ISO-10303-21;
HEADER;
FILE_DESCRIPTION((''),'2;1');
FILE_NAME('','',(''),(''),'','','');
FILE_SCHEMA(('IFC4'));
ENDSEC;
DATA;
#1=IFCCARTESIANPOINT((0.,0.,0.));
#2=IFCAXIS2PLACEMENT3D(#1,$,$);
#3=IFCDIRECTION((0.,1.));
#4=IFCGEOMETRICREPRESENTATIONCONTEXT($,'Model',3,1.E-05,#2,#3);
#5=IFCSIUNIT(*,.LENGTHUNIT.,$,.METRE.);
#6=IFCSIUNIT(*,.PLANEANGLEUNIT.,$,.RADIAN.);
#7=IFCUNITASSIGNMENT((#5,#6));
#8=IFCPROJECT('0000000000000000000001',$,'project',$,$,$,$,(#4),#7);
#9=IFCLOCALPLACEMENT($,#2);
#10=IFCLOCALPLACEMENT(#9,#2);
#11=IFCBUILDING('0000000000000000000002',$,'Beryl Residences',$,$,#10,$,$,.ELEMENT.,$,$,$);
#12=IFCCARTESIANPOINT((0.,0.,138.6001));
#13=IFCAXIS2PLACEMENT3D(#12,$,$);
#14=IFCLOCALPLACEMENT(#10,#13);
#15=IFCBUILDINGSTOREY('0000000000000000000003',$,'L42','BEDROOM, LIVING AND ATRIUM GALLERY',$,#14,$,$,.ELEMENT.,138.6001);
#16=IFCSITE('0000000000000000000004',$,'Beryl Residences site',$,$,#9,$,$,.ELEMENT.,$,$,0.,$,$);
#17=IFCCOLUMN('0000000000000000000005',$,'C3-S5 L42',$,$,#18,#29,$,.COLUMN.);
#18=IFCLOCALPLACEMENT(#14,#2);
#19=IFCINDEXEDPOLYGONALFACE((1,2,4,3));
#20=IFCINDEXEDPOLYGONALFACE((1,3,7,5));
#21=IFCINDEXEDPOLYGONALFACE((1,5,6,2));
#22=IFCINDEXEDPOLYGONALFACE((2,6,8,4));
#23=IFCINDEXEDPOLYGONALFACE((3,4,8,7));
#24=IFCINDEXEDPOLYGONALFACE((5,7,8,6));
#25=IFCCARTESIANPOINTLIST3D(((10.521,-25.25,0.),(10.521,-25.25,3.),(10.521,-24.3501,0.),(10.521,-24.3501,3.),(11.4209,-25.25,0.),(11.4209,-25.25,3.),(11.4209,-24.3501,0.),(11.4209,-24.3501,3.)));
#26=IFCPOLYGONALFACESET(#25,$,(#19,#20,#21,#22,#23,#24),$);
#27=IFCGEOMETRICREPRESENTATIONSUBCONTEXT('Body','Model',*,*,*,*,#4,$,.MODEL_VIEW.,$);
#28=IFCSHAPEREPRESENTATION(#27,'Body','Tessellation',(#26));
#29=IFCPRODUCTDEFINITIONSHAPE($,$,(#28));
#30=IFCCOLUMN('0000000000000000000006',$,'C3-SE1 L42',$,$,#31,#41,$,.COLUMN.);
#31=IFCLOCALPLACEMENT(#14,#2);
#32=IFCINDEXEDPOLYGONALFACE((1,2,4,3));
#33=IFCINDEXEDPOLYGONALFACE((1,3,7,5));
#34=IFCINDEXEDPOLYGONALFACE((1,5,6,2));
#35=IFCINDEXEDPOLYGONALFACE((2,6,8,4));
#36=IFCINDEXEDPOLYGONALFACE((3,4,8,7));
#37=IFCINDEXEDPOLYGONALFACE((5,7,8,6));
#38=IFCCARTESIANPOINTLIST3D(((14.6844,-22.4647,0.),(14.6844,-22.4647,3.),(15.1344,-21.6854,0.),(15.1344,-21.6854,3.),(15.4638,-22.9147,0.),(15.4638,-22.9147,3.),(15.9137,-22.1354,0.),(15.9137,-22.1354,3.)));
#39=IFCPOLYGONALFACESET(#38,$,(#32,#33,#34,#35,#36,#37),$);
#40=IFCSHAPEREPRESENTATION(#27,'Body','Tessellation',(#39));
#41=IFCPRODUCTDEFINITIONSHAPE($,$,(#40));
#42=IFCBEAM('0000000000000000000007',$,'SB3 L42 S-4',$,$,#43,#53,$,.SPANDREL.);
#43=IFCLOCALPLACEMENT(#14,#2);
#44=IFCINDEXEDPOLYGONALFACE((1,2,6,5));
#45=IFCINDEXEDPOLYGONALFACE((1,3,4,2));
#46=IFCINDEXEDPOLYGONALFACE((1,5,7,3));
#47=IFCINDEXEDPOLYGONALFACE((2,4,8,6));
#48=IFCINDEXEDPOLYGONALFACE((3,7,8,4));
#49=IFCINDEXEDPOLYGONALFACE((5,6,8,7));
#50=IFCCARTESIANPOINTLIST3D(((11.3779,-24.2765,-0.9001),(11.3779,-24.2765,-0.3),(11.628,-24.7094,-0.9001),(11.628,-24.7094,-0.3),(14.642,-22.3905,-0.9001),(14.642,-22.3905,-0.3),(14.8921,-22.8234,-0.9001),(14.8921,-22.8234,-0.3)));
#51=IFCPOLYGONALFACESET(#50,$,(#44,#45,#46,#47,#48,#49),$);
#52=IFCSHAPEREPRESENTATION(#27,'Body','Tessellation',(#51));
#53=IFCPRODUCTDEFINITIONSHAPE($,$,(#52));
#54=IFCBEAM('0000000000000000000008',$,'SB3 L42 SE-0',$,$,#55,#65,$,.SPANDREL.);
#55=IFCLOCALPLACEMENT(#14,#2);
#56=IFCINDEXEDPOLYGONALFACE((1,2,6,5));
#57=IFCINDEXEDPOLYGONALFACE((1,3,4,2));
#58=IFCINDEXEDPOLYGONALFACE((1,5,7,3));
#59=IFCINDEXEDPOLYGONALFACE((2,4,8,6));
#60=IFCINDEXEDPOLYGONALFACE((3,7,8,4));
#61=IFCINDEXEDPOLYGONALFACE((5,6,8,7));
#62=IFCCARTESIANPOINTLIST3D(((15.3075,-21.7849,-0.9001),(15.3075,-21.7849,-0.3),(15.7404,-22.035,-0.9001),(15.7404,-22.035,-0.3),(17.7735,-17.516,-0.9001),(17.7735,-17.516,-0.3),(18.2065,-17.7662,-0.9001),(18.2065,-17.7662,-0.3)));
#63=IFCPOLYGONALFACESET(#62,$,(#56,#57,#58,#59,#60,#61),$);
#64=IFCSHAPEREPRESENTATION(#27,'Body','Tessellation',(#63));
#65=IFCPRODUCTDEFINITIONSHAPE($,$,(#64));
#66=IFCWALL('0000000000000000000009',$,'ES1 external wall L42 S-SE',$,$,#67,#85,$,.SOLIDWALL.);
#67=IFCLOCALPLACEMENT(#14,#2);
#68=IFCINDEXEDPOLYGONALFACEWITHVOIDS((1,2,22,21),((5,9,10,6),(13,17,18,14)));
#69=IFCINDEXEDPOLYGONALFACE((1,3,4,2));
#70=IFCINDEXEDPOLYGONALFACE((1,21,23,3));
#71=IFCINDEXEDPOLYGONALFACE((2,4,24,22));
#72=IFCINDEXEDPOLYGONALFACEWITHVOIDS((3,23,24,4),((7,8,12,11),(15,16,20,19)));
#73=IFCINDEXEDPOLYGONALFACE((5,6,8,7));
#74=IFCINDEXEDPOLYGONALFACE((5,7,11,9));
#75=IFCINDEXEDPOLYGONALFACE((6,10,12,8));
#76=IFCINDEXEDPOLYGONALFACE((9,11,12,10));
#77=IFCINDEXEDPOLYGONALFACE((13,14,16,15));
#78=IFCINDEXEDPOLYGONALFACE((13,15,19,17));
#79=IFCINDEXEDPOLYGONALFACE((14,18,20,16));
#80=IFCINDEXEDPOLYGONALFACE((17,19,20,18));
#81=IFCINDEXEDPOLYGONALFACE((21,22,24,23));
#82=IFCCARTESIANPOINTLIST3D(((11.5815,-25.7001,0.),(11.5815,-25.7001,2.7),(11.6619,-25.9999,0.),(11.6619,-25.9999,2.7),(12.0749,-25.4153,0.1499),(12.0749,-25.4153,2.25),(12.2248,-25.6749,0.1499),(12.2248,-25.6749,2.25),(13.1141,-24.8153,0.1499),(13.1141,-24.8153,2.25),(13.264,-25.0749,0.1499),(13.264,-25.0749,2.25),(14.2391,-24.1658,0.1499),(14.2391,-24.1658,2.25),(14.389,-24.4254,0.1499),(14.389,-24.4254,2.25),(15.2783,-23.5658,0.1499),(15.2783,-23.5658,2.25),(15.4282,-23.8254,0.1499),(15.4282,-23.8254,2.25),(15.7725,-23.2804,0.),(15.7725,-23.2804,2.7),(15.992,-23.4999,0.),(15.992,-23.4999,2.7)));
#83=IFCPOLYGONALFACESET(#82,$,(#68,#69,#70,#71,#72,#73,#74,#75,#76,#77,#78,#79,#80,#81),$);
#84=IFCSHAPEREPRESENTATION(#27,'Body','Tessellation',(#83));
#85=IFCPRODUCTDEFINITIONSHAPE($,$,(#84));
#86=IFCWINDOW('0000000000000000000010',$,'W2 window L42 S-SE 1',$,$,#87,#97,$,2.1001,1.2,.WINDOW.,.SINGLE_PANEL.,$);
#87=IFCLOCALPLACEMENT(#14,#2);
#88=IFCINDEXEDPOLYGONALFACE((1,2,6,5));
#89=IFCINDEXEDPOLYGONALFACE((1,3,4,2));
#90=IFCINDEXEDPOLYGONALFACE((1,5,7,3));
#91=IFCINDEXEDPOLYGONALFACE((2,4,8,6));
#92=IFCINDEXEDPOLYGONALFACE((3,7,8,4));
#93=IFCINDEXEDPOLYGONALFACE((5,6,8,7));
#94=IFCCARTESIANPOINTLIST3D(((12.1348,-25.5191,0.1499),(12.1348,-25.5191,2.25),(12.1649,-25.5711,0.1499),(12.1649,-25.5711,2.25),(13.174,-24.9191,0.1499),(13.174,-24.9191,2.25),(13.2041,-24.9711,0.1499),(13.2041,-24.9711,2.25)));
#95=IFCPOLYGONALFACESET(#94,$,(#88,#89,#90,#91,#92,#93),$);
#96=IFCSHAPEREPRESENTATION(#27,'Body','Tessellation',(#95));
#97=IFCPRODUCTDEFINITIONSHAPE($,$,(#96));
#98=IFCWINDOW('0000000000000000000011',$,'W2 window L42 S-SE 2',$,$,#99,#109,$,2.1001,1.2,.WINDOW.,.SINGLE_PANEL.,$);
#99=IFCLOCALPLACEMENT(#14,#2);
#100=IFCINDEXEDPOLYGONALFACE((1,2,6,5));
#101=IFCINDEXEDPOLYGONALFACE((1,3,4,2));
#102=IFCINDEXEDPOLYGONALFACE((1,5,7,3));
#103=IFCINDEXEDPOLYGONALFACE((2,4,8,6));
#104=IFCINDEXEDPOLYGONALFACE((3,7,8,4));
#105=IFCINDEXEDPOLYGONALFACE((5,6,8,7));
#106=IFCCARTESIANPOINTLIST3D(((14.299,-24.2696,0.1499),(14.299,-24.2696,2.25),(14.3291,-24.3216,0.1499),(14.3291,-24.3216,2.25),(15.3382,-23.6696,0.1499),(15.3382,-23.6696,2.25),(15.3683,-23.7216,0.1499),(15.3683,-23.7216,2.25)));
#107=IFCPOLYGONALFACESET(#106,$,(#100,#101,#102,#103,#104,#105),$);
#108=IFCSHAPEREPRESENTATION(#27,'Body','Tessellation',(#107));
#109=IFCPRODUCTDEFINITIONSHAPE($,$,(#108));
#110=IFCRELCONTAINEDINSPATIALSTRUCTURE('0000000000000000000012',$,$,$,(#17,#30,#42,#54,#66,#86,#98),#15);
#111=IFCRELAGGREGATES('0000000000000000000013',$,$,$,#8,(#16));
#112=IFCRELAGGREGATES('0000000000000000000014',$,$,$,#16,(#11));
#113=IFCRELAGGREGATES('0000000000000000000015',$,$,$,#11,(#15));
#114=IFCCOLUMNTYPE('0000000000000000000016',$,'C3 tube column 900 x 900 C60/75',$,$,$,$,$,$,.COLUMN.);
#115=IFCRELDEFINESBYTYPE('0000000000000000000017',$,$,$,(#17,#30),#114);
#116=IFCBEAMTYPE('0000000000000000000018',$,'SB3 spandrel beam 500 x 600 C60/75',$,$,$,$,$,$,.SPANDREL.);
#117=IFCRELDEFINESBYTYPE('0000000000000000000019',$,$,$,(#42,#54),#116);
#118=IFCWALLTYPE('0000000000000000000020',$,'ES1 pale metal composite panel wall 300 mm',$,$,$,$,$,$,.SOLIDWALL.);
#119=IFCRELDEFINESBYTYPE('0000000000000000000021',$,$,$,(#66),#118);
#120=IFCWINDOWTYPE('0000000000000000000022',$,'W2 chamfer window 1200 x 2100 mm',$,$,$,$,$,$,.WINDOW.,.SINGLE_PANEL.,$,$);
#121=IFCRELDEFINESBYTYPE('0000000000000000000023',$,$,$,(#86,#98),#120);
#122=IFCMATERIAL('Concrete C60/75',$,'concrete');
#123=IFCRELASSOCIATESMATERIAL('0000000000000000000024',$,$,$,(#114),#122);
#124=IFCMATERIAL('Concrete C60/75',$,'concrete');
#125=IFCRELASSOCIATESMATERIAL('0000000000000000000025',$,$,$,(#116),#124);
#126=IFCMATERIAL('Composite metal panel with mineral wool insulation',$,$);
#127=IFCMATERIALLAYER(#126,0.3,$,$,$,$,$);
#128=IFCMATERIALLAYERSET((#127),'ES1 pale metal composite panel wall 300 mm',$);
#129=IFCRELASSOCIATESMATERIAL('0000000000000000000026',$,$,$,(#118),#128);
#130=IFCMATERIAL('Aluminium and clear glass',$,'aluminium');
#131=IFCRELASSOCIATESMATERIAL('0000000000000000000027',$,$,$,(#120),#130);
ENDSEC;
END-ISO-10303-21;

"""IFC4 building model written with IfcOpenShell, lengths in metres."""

from ifc_helpers import new_model, si_unit, direction, frame, frame_2d, origin, origin_2d, place, context, subcontext, project, spatial, polyline, rectangle, outline, extrude, material, layer, layer_set, material_profile, profile_set, type_object, element, fill, save


model = new_model("IFC4")

# Units and contexts
model_context = context("Model", 3, precision=1e-05, world=origin(), true_north=direction((0.0, 1.0)))
body_context = subcontext(model_context, "Body", "Model", "MODEL_VIEW")
ifc_project = project(units=[si_unit("LENGTHUNIT", "METRE"), si_unit("PLANEANGLEUNIT", "RADIAN")], contexts=[model_context])

# Site, building, storey
site_placement = place(None, origin())
site = spatial("IfcSite", under=ifc_project, at=site_placement, Name="Beryl Residences site", CompositionType="ELEMENT", RefElevation=0.0)
building_placement = place(site_placement, origin())
building = spatial("IfcBuilding", under=site, at=building_placement, Name="Beryl Residences", CompositionType="ELEMENT")
storey_placement = place(building_placement, frame((0.0, 0.0, 138.6001)))
storey = spatial("IfcBuildingStorey", under=building, at=storey_placement, Name="L42", Description="BEDROOM, LIVING AND ATRIUM GALLERY", CompositionType="ELEMENT", Elevation=138.6001)

# Columns
ifc_material_1 = material(Name="Concrete C60/75", Category="concrete")
ifc_material_profile_1 = material_profile(ifc_material_1, rectangle(XDim=0.8999, YDim=0.8999, at=origin_2d()))
ifc_profile_set_1 = profile_set([ifc_material_profile_1], Name="Concrete C60/75")
column_type = type_object("IfcColumnType", Name="C3 tube column 900 x 900 C60/75", PredefinedType="COLUMN", material=ifc_profile_set_1)
for number, where, z_axis, x_axis, name in (
    (1, (10.9709, -24.8, 0.0), (0.0, 0.0, 1.0), (1.0, 0.0, 0.0), "C3-S5 L42"),
    (2, (15.2991, -22.3, 0.0), (0.0, 0.0, 1.0), (0.5, 0.866025, 0.0), "C3-SE1 L42"),
):
    element("IfcColumn", number, at=place(storey_placement, frame(where, z_axis=z_axis, x_axis=x_axis)), inside=storey, type_object=column_type, Name=name, PredefinedType="COLUMN", context=body_context, shape_type="SweptSolid", body=[
        extrude(rectangle(XDim=0.8999, YDim=0.8999, at=origin_2d()), origin(), (0.0, 0.0, 1.0), 3.0),
    ])

# Beams
ifc_material_2 = material(Name="Concrete C60/75", Category="concrete")
ifc_material_profile_2 = material_profile(ifc_material_2, rectangle(XDim=0.5, YDim=0.6001, at=origin_2d()))
ifc_profile_set_2 = profile_set([ifc_material_profile_2], Name="Concrete C60/75")
beam_type = type_object("IfcBeamType", Name="SB3 spandrel beam 500 x 600 C60/75", PredefinedType="SPANDREL", material=ifc_profile_set_2)
beam_1_placement = place(storey_placement, frame((11.5029, -24.4929, -0.6001), z_axis=(0.865862, 0.500283, 0.0), x_axis=(-0.500283, 0.865862, 0.0)))
element("IfcBeam", 3, at=beam_1_placement, inside=storey, type_object=beam_type, Name="SB3 L42 S-4", PredefinedType="SPANDREL", context=body_context, shape_type="SweptSolid", body=[
    extrude(rectangle(XDim=0.5, YDim=0.6001, at=origin_2d()), origin(), (0.0, 0.0, 1.0), 3.7698),
])
beam_2_placement = place(storey_placement, frame((15.5239, -21.9099, -0.6001), z_axis=(0.500224, 0.865896, 0.0), x_axis=(-0.865896, 0.500224, 0.0)))
element("IfcBeam", 4, at=beam_2_placement, inside=storey, type_object=beam_type, Name="SB3 L42 SE-0", PredefinedType="SPANDREL", context=body_context, shape_type="SweptSolid", body=[
    extrude(rectangle(XDim=0.5, YDim=0.6001, at=origin_2d()), origin(), (0.0, 0.0, 1.0), 4.9299),
])

# Wall, openings, windows
ifc_material_3 = material(Name="Composite metal panel with mineral wool insulation")
ifc_layer_1 = layer(ifc_material_3, 0.3)
ifc_layer_set_1 = layer_set([ifc_layer_1], Name="ES1 pale metal composite panel wall 300 mm")
wall_type_1 = type_object("IfcWallType", Name="ES1 pale metal composite panel wall 300 mm", PredefinedType="SOLIDWALL", material=ifc_layer_set_1)
wall_1_placement = place(storey_placement, frame((11.5869, -25.8701, 0.0), z_axis=(0.0, 0.0, 1.0), x_axis=(0.866023, 0.500004, 0.0)))
wall_1 = element("IfcWall", 5, at=wall_1_placement, inside=storey, type_object=wall_type_1, Name="ES1 external wall L42 S-SE", PredefinedType="SOLIDWALL", context=body_context, shape_type="SweptSolid", body=[
    extrude(outline(polyline([(0.0, -0.1499), (5.0, -0.1499), (4.9197, 0.1499), (0.0803, 0.1499), (0.0, -0.1499)])), origin(), (0.0, 0.0, 1.0), 2.7),
])
opening_1_placement = place(wall_1_placement, frame((0.6499, 0.0, 0.1499)))
opening_1 = element("IfcOpeningElement", 6, at=opening_1_placement, cuts=wall_1, PredefinedType="OPENING", context=body_context, shape_type="SweptSolid", body=[
    extrude(rectangle(XDim=1.2, YDim=2.1001, at=frame_2d((0.6001, 1.05))), frame((0.0, 0.1599, 0.0), z_axis=(0.0, -1.0, 0.0), x_axis=(1.0, 0.0, 0.0)), (0.0, 0.0, 1.0), 0.3201),
])
opening_2_placement = place(wall_1_placement, frame((3.1489, 0.0, 0.1499)))
opening_2 = element("IfcOpeningElement", 7, at=opening_2_placement, cuts=wall_1, PredefinedType="OPENING", context=body_context, shape_type="SweptSolid", body=[
    extrude(rectangle(XDim=1.2, YDim=2.1001, at=frame_2d((0.6001, 1.05))), frame((0.0, 0.1599, 0.0), z_axis=(0.0, -1.0, 0.0), x_axis=(1.0, 0.0, 0.0)), (0.0, 0.0, 1.0), 0.3201),
])
ifc_material_4 = material(Name="Aluminium and clear glass", Category="aluminium")
window_type_1 = type_object("IfcWindowType", Name="W2 chamfer window 1200 x 2100 mm", PartitioningType="SINGLE_PANEL", PredefinedType="WINDOW", material=ifc_material_4)
window_1_placement = place(opening_1_placement, origin())
window_1 = element("IfcWindow", 8, at=window_1_placement, inside=storey, type_object=window_type_1, Name="W2 window L42 S-SE 1", OverallHeight=2.1001, OverallWidth=1.2, PartitioningType="SINGLE_PANEL", PredefinedType="WINDOW", context=body_context, shape_type="SweptSolid", body=[
    extrude(rectangle(XDim=1.2, YDim=2.1001, at=frame_2d((0.6001, 1.05))), frame((0.0, 0.03, 0.0), z_axis=(0.0, -1.0, 0.0), x_axis=(1.0, 0.0, 0.0)), (0.0, 0.0, 1.0), 0.0601),
])
fill(opening_1, window_1)
window_2_placement = place(opening_2_placement, origin())
window_2 = element("IfcWindow", 9, at=window_2_placement, inside=storey, type_object=window_type_1, Name="W2 window L42 S-SE 2", OverallHeight=2.1001, OverallWidth=1.2, PartitioningType="SINGLE_PANEL", PredefinedType="WINDOW", context=body_context, shape_type="SweptSolid", body=[
    extrude(rectangle(XDim=1.2, YDim=2.1001, at=frame_2d((0.6001, 1.05))), frame((0.0, 0.03, 0.0), z_axis=(0.0, -1.0, 0.0), x_axis=(1.0, 0.0, 0.0)), (0.0, 0.0, 1.0), 0.0601),
])
fill(opening_2, window_2)

save(model, "model.ifc")
